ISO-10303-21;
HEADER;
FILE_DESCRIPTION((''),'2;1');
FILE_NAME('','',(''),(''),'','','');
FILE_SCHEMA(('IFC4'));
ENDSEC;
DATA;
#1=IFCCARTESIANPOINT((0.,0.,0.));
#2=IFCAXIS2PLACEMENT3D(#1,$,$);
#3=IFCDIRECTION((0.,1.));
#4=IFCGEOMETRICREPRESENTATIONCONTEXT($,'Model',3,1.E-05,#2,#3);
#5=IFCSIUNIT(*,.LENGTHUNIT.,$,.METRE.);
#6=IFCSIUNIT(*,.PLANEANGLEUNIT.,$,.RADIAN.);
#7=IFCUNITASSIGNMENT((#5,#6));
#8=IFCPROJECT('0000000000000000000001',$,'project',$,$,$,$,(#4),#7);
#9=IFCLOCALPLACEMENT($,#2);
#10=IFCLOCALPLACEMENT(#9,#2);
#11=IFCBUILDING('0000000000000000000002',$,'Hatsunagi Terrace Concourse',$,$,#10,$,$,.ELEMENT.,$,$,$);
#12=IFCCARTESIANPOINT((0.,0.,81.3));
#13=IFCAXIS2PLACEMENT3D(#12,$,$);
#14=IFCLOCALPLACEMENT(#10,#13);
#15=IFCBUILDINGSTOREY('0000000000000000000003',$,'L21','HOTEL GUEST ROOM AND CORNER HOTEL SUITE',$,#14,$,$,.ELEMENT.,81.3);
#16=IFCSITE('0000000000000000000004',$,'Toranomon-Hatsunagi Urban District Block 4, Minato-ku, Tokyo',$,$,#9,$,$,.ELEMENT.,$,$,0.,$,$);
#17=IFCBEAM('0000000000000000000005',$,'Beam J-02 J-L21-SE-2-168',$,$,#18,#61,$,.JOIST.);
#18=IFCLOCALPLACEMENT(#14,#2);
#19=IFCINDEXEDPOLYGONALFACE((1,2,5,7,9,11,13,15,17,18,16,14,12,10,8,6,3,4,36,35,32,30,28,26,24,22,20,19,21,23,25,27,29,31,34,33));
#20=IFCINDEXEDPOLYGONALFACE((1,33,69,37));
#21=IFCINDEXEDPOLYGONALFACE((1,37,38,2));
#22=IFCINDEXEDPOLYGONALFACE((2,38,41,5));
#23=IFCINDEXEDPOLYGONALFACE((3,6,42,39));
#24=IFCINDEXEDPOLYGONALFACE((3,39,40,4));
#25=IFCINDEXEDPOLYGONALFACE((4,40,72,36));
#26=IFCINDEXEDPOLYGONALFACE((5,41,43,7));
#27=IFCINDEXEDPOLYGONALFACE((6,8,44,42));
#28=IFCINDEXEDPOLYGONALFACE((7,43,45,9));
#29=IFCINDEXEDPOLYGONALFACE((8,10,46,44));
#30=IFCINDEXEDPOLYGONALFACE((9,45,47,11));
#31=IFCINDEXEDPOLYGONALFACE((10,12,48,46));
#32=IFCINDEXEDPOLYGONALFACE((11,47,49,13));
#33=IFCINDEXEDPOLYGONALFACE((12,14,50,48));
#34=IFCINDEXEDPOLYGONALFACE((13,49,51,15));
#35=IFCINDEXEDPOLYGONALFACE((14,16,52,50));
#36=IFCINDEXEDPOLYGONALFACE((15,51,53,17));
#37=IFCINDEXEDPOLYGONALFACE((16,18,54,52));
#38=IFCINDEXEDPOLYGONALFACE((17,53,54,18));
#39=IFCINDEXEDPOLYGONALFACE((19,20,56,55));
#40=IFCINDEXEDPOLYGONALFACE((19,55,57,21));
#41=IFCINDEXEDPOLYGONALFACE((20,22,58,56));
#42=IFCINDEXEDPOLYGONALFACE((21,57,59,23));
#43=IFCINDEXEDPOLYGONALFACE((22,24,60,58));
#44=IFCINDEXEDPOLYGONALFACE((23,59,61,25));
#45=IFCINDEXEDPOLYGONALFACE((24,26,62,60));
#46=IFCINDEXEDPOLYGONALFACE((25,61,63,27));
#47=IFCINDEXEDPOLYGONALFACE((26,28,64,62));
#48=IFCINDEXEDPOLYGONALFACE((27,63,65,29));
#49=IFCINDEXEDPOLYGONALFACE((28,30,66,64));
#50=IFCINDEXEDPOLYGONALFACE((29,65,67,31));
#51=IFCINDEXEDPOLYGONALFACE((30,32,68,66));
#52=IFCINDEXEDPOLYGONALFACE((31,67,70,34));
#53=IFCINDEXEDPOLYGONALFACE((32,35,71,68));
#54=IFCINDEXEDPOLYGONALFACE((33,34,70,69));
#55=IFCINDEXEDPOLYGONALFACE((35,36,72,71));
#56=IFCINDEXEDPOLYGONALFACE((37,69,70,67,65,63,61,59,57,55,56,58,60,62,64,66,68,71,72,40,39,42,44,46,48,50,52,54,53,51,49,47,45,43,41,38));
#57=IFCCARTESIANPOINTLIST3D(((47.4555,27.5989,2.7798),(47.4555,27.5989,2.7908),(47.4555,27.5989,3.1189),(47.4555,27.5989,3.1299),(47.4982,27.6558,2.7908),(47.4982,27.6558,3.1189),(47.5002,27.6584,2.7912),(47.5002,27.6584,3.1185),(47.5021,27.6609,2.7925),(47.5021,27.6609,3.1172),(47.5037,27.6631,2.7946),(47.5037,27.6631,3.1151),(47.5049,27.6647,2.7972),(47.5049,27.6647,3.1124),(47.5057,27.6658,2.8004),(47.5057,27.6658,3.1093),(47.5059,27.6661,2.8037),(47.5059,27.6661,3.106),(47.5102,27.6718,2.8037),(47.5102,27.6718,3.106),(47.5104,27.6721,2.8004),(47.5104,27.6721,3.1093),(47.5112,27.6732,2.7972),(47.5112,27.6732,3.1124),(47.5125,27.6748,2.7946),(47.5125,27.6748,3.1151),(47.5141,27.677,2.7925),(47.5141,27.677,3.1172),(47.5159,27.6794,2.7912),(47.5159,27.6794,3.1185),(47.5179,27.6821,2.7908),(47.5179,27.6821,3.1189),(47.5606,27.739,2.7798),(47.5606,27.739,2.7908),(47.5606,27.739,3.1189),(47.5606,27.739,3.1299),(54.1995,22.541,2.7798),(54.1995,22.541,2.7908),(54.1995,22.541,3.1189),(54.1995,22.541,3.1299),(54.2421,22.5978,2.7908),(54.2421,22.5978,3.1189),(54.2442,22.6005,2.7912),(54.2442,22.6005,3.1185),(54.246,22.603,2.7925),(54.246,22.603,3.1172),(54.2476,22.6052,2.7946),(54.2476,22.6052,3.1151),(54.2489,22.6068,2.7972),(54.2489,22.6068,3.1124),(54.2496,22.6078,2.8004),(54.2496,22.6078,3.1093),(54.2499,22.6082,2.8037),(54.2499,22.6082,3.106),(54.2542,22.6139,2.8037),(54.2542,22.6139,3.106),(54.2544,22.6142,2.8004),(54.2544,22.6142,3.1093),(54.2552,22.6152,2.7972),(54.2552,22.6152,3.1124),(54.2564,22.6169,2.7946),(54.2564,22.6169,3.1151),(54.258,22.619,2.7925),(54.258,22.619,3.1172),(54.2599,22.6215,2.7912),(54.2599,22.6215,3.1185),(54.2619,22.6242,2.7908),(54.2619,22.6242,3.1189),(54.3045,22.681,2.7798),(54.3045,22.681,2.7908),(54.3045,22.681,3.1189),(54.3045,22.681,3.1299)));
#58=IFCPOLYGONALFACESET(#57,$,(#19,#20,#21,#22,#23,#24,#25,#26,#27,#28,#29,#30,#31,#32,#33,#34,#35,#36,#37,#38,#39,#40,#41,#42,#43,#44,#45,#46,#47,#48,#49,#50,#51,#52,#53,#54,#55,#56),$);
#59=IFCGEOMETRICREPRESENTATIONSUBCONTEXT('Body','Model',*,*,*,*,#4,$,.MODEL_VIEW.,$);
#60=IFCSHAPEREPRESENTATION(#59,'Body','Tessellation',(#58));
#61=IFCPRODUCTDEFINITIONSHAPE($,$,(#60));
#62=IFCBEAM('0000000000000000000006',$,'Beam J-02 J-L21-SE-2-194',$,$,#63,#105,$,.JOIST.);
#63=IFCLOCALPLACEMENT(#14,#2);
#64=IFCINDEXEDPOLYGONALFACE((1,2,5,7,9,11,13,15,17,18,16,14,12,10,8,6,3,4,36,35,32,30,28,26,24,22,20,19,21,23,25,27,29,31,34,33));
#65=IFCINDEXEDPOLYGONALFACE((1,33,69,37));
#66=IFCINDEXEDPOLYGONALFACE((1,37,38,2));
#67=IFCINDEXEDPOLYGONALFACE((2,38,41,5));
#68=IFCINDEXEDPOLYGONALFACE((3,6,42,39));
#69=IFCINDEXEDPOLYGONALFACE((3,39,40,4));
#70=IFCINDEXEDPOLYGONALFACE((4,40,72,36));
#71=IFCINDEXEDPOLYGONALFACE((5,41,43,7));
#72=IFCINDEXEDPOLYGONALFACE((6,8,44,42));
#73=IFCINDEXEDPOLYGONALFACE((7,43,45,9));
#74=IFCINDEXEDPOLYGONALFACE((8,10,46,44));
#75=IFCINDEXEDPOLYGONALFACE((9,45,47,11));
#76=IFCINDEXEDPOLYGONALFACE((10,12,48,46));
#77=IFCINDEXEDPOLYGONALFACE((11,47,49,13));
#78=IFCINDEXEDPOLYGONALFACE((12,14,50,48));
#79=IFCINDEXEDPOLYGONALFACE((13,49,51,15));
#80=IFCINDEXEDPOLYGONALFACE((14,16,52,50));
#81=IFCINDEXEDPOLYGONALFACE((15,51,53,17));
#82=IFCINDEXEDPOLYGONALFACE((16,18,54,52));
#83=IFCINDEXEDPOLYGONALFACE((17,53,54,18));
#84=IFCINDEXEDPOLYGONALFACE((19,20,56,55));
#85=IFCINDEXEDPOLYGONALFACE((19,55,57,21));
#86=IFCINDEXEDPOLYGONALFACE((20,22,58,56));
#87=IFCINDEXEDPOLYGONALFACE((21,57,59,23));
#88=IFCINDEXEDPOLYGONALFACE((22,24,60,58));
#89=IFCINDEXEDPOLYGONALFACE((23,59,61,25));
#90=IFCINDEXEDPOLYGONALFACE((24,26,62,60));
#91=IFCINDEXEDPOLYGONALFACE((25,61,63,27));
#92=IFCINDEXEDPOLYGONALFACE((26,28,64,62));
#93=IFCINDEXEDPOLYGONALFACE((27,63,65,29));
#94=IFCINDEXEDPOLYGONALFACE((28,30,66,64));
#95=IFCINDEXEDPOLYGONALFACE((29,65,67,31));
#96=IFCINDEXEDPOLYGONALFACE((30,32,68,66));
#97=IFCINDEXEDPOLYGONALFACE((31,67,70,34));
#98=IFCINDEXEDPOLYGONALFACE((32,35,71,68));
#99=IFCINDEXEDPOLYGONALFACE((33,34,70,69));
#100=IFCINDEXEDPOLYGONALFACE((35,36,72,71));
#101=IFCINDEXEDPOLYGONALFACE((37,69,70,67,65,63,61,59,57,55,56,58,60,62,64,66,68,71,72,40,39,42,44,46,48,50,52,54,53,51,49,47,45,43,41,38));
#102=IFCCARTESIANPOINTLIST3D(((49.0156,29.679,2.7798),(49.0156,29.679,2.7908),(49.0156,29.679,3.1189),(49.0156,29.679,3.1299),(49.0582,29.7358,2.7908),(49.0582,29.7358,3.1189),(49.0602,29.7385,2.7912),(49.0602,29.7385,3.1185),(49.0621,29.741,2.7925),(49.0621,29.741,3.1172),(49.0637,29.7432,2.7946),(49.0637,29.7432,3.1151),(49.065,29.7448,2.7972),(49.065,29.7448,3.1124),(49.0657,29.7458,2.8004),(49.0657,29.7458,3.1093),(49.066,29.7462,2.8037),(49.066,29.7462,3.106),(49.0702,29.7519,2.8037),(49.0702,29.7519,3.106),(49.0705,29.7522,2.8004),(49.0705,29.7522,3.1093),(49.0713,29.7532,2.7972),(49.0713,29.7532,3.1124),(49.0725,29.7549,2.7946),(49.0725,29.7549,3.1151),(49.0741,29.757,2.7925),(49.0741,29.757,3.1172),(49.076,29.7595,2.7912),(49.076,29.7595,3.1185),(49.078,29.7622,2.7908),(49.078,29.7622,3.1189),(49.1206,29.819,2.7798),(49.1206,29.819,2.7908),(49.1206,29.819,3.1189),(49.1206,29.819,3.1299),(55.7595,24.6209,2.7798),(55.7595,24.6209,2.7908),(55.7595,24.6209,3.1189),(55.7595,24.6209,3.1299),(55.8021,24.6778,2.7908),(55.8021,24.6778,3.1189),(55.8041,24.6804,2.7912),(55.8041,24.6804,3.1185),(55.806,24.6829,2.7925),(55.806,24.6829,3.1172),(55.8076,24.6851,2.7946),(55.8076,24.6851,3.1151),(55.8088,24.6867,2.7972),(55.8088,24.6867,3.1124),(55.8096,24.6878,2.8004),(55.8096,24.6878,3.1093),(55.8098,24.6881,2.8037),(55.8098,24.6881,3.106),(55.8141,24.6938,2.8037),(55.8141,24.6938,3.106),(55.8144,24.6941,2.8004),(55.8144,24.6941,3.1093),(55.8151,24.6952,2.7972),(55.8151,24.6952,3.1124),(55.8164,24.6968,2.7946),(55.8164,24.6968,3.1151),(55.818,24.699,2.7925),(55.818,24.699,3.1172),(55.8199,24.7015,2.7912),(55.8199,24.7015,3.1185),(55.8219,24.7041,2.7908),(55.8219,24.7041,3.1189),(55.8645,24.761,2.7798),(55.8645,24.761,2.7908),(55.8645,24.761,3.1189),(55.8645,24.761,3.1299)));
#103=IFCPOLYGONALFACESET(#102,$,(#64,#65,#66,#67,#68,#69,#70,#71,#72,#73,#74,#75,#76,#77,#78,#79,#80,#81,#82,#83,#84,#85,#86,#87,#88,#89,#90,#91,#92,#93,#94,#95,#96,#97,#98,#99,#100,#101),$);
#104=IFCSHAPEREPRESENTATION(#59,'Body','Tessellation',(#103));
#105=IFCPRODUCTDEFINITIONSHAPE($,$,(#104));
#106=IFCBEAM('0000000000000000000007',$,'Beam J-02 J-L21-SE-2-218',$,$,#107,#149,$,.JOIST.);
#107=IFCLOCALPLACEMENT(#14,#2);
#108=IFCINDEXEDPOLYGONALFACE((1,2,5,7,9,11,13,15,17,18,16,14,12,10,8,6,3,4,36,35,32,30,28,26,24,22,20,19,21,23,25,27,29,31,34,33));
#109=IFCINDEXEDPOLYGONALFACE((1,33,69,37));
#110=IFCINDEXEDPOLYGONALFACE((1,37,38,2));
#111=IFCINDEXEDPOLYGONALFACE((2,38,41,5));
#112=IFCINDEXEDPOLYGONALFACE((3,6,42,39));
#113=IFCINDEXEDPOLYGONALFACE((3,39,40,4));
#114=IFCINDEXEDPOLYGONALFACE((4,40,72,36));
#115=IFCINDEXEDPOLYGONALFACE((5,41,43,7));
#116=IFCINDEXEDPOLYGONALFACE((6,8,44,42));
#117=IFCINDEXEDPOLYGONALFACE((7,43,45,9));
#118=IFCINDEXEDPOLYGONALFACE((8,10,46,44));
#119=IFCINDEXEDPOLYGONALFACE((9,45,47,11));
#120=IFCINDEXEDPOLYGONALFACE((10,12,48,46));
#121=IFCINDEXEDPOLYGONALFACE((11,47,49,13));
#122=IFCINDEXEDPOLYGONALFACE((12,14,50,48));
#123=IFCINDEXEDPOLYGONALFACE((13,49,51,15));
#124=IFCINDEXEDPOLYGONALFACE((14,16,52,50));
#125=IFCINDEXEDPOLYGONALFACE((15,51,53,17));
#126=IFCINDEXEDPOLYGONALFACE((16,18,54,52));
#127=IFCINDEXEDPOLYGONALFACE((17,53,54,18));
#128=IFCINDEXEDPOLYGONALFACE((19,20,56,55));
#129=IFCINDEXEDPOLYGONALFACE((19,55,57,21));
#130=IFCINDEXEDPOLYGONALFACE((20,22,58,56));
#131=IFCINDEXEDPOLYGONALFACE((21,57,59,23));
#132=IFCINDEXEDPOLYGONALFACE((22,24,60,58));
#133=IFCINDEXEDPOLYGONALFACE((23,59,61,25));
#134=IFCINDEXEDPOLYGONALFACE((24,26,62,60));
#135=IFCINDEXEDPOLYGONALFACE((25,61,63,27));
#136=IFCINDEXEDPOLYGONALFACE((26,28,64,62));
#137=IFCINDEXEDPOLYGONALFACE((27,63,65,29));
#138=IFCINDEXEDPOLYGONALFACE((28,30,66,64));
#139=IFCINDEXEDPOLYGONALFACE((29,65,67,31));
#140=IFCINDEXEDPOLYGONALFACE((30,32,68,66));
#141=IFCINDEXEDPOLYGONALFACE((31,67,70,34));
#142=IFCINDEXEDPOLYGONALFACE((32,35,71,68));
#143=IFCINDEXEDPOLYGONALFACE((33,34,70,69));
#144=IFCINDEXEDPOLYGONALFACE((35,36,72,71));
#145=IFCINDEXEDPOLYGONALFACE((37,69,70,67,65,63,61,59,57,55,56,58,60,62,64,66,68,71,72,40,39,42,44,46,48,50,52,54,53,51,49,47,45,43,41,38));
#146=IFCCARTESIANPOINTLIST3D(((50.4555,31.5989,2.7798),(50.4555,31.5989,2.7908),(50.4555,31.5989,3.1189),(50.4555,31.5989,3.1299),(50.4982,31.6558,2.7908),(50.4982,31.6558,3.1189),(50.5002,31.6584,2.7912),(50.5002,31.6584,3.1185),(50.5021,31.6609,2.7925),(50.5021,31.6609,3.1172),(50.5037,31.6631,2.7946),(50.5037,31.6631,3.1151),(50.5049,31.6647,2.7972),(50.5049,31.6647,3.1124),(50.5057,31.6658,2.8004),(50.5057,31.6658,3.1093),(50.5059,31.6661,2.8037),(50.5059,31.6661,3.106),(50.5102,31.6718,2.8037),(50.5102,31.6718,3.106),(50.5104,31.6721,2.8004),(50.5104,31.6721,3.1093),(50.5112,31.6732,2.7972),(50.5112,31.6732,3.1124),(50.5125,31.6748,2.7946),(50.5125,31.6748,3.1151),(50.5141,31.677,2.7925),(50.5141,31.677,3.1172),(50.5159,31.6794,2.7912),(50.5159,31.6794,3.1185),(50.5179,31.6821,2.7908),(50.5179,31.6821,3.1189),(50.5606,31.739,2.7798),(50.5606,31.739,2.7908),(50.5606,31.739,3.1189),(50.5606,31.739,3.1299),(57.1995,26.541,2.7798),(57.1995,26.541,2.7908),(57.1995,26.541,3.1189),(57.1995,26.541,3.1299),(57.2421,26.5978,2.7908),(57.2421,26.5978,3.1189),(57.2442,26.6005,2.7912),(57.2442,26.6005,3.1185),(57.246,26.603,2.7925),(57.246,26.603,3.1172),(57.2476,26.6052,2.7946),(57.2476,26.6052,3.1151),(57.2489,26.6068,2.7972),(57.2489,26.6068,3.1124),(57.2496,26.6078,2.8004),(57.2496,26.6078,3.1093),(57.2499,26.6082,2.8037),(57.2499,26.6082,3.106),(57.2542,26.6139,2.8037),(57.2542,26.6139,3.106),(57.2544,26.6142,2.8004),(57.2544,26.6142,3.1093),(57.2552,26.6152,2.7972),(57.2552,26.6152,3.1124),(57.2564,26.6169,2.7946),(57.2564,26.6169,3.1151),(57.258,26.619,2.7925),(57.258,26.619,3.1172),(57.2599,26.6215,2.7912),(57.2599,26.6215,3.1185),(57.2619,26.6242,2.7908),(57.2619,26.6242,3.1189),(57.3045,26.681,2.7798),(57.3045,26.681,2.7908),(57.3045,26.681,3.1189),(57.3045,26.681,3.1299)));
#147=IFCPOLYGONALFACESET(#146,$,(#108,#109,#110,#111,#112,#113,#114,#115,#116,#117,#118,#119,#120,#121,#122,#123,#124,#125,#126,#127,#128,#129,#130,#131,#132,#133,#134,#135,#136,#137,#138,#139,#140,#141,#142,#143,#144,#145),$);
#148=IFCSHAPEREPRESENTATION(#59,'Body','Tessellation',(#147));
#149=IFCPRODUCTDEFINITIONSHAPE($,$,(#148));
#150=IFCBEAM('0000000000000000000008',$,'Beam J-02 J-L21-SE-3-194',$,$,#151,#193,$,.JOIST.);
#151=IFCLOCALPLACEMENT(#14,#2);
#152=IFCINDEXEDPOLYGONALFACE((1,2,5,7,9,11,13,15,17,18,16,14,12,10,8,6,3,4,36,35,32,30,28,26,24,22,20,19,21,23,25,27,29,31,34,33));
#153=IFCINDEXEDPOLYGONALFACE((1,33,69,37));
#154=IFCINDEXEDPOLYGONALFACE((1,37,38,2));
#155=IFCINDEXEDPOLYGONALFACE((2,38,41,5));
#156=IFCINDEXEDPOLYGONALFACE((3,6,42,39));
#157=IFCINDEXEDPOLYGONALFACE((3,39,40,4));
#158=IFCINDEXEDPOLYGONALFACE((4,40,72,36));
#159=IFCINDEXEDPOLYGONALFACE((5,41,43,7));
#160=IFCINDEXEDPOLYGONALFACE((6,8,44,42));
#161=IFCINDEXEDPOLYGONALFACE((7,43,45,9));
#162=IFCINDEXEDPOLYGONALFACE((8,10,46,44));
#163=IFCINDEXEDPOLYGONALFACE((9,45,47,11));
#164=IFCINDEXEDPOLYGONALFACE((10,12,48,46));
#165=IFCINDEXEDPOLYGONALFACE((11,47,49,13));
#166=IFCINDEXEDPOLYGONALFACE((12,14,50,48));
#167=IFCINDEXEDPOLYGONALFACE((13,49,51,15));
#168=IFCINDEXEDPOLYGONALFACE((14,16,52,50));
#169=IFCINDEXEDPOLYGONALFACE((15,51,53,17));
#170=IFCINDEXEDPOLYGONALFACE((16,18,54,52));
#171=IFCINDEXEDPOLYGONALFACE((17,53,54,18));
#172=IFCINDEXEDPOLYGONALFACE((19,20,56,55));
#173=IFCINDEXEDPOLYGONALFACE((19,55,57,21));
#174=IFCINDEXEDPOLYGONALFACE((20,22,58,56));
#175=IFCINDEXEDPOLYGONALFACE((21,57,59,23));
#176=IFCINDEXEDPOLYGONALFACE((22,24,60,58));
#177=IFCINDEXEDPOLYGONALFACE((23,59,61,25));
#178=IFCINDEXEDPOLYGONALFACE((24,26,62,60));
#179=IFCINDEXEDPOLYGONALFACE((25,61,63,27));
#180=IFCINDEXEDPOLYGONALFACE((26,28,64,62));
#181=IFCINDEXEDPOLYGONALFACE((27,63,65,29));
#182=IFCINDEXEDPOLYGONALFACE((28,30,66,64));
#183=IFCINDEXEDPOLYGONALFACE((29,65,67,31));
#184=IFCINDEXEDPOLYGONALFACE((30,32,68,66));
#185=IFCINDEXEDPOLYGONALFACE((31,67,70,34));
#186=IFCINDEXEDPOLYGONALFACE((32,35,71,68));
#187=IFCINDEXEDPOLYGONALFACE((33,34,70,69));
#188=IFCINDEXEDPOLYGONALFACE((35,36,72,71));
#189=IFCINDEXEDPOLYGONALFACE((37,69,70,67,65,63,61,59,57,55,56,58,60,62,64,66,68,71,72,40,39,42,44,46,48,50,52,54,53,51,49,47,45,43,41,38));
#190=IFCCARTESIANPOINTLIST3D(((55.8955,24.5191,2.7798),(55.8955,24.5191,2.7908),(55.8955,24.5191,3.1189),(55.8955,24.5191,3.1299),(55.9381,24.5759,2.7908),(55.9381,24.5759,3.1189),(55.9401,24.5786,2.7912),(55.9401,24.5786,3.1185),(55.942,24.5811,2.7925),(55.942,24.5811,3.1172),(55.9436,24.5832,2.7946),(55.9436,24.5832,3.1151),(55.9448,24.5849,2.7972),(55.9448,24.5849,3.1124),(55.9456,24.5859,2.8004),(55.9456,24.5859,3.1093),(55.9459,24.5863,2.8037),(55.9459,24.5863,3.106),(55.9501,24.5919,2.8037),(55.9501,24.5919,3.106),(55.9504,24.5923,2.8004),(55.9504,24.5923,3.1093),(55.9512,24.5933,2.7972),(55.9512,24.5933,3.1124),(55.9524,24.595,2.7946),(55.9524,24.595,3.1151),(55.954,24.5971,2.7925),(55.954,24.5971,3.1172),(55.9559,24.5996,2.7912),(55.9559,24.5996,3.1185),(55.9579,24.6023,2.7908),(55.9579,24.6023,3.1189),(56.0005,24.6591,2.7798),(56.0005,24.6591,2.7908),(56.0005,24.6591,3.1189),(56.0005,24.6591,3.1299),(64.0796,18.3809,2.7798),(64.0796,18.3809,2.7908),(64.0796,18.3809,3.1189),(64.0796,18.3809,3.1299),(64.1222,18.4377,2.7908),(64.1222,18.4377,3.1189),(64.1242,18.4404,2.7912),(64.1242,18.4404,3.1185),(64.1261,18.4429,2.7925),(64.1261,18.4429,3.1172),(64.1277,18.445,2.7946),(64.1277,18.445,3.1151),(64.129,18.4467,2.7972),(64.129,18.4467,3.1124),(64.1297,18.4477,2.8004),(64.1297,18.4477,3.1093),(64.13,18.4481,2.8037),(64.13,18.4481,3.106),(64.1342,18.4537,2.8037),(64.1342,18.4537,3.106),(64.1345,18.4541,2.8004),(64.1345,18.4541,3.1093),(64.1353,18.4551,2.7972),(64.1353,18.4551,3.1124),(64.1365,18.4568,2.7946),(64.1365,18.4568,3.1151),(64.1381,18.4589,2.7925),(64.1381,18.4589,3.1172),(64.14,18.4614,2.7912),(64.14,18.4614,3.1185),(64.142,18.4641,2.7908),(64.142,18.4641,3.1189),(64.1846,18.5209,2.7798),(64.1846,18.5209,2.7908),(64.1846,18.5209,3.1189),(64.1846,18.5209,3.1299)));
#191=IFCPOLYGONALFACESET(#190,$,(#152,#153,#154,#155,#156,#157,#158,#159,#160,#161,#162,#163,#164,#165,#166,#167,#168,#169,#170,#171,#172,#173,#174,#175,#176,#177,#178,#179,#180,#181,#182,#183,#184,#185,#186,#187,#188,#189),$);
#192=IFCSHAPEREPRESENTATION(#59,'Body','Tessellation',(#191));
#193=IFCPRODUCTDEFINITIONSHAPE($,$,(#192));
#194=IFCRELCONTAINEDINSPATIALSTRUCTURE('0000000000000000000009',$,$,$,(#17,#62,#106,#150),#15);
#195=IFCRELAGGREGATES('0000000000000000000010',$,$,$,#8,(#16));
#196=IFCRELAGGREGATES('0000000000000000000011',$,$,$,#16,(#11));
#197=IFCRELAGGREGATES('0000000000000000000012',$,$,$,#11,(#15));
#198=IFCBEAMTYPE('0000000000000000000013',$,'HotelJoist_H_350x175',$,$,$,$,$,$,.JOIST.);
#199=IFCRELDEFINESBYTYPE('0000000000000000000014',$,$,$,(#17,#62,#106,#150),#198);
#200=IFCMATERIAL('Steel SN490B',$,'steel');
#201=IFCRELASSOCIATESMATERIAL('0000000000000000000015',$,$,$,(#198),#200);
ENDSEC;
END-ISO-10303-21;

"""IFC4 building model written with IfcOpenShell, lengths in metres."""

from ifc_helpers import new_model, si_unit, direction, frame, origin, origin_2d, place, context, subcontext, project, spatial, i_section, extrude, material, material_profile, profile_set, type_object, element, save


model = new_model("IFC4")

# Units and contexts
model_context = context("Model", 3, precision=1e-05, world=origin(), true_north=direction((0.0, 1.0)))
body_context = subcontext(model_context, "Body", "Model", "MODEL_VIEW")
ifc_project = project(units=[si_unit("LENGTHUNIT", "METRE"), si_unit("PLANEANGLEUNIT", "RADIAN")], contexts=[model_context])

# Site, building, storey
site_placement = place(None, origin())
site = spatial("IfcSite", under=ifc_project, at=site_placement, Name="Toranomon-Hatsunagi Urban District Block 4, Minato-ku, Tokyo", CompositionType="ELEMENT", RefElevation=0.0)
building_placement = place(site_placement, origin())
building = spatial("IfcBuilding", under=site, at=building_placement, Name="Hatsunagi Terrace Concourse", CompositionType="ELEMENT")
storey_placement = place(building_placement, frame((0.0, 0.0, 81.3)))
storey = spatial("IfcBuildingStorey", under=building, at=storey_placement, Name="L21", Description="HOTEL GUEST ROOM AND CORNER HOTEL SUITE", CompositionType="ELEMENT", Elevation=81.3)

# Beams
ifc_material_1 = material(Name="Steel SN490B", Category="steel")
ifc_material_profile_1 = material_profile(ifc_material_1, i_section(OverallWidth=0.175, OverallDepth=0.3501, WebThickness=0.0071, FlangeThickness=0.011, FilletRadius=0.0129, at=origin_2d()), Name="H-350x175x7x11")
ifc_profile_set_1 = profile_set([ifc_material_profile_1], Name="Steel SN490B")
beam_type_1 = type_object("IfcBeamType", Name="HotelJoist_H_350x175", PredefinedType="JOIST", material=ifc_profile_set_1)
for number, where, z_axis, x_axis, name in (
    (1, (47.5081, 27.6689, 2.9548), (0.800003, -0.599995, 0.0), (0.599995, 0.800003, 0.0), "Beam J-02 J-L21-SE-2-168"),
    (2, (49.0681, 29.749, 2.9548), (0.79999, -0.600014, 0.0), (0.600014, 0.79999, 0.0), "Beam J-02 J-L21-SE-2-194"),
    (3, (50.5081, 31.6689, 2.9548), (0.800003, -0.599995, 0.0), (0.599995, 0.800003, 0.0), "Beam J-02 J-L21-SE-2-218"),
):
    element("IfcBeam", number, at=place(storey_placement, frame(where, z_axis=z_axis, x_axis=x_axis)), inside=storey, type_object=beam_type_1, Name=name, PredefinedType="JOIST", context=body_context, shape_type="SweptSolid", body=[
        extrude(i_section(OverallWidth=0.175, OverallDepth=0.3501, WebThickness=0.0071, FlangeThickness=0.011, FilletRadius=0.0129, at=origin_2d()), origin(), (0.0, 0.0, 1.0), 8.4299),
    ])
beam_1_placement = place(storey_placement, frame((55.948, 24.5891, 2.9548), z_axis=(0.799994, -0.600008, 0.0), x_axis=(0.600008, 0.799994, 0.0)))
element("IfcBeam", 4, at=beam_1_placement, inside=storey, type_object=beam_type_1, Name="Beam J-02 J-L21-SE-3-194", PredefinedType="JOIST", context=body_context, shape_type="SweptSolid", body=[
    extrude(i_section(OverallWidth=0.175, OverallDepth=0.3501, WebThickness=0.0071, FlangeThickness=0.011, FilletRadius=0.0129, at=origin_2d()), origin(), (0.0, 0.0, 1.0), 10.2302),
])

save(model, "model.ifc")
